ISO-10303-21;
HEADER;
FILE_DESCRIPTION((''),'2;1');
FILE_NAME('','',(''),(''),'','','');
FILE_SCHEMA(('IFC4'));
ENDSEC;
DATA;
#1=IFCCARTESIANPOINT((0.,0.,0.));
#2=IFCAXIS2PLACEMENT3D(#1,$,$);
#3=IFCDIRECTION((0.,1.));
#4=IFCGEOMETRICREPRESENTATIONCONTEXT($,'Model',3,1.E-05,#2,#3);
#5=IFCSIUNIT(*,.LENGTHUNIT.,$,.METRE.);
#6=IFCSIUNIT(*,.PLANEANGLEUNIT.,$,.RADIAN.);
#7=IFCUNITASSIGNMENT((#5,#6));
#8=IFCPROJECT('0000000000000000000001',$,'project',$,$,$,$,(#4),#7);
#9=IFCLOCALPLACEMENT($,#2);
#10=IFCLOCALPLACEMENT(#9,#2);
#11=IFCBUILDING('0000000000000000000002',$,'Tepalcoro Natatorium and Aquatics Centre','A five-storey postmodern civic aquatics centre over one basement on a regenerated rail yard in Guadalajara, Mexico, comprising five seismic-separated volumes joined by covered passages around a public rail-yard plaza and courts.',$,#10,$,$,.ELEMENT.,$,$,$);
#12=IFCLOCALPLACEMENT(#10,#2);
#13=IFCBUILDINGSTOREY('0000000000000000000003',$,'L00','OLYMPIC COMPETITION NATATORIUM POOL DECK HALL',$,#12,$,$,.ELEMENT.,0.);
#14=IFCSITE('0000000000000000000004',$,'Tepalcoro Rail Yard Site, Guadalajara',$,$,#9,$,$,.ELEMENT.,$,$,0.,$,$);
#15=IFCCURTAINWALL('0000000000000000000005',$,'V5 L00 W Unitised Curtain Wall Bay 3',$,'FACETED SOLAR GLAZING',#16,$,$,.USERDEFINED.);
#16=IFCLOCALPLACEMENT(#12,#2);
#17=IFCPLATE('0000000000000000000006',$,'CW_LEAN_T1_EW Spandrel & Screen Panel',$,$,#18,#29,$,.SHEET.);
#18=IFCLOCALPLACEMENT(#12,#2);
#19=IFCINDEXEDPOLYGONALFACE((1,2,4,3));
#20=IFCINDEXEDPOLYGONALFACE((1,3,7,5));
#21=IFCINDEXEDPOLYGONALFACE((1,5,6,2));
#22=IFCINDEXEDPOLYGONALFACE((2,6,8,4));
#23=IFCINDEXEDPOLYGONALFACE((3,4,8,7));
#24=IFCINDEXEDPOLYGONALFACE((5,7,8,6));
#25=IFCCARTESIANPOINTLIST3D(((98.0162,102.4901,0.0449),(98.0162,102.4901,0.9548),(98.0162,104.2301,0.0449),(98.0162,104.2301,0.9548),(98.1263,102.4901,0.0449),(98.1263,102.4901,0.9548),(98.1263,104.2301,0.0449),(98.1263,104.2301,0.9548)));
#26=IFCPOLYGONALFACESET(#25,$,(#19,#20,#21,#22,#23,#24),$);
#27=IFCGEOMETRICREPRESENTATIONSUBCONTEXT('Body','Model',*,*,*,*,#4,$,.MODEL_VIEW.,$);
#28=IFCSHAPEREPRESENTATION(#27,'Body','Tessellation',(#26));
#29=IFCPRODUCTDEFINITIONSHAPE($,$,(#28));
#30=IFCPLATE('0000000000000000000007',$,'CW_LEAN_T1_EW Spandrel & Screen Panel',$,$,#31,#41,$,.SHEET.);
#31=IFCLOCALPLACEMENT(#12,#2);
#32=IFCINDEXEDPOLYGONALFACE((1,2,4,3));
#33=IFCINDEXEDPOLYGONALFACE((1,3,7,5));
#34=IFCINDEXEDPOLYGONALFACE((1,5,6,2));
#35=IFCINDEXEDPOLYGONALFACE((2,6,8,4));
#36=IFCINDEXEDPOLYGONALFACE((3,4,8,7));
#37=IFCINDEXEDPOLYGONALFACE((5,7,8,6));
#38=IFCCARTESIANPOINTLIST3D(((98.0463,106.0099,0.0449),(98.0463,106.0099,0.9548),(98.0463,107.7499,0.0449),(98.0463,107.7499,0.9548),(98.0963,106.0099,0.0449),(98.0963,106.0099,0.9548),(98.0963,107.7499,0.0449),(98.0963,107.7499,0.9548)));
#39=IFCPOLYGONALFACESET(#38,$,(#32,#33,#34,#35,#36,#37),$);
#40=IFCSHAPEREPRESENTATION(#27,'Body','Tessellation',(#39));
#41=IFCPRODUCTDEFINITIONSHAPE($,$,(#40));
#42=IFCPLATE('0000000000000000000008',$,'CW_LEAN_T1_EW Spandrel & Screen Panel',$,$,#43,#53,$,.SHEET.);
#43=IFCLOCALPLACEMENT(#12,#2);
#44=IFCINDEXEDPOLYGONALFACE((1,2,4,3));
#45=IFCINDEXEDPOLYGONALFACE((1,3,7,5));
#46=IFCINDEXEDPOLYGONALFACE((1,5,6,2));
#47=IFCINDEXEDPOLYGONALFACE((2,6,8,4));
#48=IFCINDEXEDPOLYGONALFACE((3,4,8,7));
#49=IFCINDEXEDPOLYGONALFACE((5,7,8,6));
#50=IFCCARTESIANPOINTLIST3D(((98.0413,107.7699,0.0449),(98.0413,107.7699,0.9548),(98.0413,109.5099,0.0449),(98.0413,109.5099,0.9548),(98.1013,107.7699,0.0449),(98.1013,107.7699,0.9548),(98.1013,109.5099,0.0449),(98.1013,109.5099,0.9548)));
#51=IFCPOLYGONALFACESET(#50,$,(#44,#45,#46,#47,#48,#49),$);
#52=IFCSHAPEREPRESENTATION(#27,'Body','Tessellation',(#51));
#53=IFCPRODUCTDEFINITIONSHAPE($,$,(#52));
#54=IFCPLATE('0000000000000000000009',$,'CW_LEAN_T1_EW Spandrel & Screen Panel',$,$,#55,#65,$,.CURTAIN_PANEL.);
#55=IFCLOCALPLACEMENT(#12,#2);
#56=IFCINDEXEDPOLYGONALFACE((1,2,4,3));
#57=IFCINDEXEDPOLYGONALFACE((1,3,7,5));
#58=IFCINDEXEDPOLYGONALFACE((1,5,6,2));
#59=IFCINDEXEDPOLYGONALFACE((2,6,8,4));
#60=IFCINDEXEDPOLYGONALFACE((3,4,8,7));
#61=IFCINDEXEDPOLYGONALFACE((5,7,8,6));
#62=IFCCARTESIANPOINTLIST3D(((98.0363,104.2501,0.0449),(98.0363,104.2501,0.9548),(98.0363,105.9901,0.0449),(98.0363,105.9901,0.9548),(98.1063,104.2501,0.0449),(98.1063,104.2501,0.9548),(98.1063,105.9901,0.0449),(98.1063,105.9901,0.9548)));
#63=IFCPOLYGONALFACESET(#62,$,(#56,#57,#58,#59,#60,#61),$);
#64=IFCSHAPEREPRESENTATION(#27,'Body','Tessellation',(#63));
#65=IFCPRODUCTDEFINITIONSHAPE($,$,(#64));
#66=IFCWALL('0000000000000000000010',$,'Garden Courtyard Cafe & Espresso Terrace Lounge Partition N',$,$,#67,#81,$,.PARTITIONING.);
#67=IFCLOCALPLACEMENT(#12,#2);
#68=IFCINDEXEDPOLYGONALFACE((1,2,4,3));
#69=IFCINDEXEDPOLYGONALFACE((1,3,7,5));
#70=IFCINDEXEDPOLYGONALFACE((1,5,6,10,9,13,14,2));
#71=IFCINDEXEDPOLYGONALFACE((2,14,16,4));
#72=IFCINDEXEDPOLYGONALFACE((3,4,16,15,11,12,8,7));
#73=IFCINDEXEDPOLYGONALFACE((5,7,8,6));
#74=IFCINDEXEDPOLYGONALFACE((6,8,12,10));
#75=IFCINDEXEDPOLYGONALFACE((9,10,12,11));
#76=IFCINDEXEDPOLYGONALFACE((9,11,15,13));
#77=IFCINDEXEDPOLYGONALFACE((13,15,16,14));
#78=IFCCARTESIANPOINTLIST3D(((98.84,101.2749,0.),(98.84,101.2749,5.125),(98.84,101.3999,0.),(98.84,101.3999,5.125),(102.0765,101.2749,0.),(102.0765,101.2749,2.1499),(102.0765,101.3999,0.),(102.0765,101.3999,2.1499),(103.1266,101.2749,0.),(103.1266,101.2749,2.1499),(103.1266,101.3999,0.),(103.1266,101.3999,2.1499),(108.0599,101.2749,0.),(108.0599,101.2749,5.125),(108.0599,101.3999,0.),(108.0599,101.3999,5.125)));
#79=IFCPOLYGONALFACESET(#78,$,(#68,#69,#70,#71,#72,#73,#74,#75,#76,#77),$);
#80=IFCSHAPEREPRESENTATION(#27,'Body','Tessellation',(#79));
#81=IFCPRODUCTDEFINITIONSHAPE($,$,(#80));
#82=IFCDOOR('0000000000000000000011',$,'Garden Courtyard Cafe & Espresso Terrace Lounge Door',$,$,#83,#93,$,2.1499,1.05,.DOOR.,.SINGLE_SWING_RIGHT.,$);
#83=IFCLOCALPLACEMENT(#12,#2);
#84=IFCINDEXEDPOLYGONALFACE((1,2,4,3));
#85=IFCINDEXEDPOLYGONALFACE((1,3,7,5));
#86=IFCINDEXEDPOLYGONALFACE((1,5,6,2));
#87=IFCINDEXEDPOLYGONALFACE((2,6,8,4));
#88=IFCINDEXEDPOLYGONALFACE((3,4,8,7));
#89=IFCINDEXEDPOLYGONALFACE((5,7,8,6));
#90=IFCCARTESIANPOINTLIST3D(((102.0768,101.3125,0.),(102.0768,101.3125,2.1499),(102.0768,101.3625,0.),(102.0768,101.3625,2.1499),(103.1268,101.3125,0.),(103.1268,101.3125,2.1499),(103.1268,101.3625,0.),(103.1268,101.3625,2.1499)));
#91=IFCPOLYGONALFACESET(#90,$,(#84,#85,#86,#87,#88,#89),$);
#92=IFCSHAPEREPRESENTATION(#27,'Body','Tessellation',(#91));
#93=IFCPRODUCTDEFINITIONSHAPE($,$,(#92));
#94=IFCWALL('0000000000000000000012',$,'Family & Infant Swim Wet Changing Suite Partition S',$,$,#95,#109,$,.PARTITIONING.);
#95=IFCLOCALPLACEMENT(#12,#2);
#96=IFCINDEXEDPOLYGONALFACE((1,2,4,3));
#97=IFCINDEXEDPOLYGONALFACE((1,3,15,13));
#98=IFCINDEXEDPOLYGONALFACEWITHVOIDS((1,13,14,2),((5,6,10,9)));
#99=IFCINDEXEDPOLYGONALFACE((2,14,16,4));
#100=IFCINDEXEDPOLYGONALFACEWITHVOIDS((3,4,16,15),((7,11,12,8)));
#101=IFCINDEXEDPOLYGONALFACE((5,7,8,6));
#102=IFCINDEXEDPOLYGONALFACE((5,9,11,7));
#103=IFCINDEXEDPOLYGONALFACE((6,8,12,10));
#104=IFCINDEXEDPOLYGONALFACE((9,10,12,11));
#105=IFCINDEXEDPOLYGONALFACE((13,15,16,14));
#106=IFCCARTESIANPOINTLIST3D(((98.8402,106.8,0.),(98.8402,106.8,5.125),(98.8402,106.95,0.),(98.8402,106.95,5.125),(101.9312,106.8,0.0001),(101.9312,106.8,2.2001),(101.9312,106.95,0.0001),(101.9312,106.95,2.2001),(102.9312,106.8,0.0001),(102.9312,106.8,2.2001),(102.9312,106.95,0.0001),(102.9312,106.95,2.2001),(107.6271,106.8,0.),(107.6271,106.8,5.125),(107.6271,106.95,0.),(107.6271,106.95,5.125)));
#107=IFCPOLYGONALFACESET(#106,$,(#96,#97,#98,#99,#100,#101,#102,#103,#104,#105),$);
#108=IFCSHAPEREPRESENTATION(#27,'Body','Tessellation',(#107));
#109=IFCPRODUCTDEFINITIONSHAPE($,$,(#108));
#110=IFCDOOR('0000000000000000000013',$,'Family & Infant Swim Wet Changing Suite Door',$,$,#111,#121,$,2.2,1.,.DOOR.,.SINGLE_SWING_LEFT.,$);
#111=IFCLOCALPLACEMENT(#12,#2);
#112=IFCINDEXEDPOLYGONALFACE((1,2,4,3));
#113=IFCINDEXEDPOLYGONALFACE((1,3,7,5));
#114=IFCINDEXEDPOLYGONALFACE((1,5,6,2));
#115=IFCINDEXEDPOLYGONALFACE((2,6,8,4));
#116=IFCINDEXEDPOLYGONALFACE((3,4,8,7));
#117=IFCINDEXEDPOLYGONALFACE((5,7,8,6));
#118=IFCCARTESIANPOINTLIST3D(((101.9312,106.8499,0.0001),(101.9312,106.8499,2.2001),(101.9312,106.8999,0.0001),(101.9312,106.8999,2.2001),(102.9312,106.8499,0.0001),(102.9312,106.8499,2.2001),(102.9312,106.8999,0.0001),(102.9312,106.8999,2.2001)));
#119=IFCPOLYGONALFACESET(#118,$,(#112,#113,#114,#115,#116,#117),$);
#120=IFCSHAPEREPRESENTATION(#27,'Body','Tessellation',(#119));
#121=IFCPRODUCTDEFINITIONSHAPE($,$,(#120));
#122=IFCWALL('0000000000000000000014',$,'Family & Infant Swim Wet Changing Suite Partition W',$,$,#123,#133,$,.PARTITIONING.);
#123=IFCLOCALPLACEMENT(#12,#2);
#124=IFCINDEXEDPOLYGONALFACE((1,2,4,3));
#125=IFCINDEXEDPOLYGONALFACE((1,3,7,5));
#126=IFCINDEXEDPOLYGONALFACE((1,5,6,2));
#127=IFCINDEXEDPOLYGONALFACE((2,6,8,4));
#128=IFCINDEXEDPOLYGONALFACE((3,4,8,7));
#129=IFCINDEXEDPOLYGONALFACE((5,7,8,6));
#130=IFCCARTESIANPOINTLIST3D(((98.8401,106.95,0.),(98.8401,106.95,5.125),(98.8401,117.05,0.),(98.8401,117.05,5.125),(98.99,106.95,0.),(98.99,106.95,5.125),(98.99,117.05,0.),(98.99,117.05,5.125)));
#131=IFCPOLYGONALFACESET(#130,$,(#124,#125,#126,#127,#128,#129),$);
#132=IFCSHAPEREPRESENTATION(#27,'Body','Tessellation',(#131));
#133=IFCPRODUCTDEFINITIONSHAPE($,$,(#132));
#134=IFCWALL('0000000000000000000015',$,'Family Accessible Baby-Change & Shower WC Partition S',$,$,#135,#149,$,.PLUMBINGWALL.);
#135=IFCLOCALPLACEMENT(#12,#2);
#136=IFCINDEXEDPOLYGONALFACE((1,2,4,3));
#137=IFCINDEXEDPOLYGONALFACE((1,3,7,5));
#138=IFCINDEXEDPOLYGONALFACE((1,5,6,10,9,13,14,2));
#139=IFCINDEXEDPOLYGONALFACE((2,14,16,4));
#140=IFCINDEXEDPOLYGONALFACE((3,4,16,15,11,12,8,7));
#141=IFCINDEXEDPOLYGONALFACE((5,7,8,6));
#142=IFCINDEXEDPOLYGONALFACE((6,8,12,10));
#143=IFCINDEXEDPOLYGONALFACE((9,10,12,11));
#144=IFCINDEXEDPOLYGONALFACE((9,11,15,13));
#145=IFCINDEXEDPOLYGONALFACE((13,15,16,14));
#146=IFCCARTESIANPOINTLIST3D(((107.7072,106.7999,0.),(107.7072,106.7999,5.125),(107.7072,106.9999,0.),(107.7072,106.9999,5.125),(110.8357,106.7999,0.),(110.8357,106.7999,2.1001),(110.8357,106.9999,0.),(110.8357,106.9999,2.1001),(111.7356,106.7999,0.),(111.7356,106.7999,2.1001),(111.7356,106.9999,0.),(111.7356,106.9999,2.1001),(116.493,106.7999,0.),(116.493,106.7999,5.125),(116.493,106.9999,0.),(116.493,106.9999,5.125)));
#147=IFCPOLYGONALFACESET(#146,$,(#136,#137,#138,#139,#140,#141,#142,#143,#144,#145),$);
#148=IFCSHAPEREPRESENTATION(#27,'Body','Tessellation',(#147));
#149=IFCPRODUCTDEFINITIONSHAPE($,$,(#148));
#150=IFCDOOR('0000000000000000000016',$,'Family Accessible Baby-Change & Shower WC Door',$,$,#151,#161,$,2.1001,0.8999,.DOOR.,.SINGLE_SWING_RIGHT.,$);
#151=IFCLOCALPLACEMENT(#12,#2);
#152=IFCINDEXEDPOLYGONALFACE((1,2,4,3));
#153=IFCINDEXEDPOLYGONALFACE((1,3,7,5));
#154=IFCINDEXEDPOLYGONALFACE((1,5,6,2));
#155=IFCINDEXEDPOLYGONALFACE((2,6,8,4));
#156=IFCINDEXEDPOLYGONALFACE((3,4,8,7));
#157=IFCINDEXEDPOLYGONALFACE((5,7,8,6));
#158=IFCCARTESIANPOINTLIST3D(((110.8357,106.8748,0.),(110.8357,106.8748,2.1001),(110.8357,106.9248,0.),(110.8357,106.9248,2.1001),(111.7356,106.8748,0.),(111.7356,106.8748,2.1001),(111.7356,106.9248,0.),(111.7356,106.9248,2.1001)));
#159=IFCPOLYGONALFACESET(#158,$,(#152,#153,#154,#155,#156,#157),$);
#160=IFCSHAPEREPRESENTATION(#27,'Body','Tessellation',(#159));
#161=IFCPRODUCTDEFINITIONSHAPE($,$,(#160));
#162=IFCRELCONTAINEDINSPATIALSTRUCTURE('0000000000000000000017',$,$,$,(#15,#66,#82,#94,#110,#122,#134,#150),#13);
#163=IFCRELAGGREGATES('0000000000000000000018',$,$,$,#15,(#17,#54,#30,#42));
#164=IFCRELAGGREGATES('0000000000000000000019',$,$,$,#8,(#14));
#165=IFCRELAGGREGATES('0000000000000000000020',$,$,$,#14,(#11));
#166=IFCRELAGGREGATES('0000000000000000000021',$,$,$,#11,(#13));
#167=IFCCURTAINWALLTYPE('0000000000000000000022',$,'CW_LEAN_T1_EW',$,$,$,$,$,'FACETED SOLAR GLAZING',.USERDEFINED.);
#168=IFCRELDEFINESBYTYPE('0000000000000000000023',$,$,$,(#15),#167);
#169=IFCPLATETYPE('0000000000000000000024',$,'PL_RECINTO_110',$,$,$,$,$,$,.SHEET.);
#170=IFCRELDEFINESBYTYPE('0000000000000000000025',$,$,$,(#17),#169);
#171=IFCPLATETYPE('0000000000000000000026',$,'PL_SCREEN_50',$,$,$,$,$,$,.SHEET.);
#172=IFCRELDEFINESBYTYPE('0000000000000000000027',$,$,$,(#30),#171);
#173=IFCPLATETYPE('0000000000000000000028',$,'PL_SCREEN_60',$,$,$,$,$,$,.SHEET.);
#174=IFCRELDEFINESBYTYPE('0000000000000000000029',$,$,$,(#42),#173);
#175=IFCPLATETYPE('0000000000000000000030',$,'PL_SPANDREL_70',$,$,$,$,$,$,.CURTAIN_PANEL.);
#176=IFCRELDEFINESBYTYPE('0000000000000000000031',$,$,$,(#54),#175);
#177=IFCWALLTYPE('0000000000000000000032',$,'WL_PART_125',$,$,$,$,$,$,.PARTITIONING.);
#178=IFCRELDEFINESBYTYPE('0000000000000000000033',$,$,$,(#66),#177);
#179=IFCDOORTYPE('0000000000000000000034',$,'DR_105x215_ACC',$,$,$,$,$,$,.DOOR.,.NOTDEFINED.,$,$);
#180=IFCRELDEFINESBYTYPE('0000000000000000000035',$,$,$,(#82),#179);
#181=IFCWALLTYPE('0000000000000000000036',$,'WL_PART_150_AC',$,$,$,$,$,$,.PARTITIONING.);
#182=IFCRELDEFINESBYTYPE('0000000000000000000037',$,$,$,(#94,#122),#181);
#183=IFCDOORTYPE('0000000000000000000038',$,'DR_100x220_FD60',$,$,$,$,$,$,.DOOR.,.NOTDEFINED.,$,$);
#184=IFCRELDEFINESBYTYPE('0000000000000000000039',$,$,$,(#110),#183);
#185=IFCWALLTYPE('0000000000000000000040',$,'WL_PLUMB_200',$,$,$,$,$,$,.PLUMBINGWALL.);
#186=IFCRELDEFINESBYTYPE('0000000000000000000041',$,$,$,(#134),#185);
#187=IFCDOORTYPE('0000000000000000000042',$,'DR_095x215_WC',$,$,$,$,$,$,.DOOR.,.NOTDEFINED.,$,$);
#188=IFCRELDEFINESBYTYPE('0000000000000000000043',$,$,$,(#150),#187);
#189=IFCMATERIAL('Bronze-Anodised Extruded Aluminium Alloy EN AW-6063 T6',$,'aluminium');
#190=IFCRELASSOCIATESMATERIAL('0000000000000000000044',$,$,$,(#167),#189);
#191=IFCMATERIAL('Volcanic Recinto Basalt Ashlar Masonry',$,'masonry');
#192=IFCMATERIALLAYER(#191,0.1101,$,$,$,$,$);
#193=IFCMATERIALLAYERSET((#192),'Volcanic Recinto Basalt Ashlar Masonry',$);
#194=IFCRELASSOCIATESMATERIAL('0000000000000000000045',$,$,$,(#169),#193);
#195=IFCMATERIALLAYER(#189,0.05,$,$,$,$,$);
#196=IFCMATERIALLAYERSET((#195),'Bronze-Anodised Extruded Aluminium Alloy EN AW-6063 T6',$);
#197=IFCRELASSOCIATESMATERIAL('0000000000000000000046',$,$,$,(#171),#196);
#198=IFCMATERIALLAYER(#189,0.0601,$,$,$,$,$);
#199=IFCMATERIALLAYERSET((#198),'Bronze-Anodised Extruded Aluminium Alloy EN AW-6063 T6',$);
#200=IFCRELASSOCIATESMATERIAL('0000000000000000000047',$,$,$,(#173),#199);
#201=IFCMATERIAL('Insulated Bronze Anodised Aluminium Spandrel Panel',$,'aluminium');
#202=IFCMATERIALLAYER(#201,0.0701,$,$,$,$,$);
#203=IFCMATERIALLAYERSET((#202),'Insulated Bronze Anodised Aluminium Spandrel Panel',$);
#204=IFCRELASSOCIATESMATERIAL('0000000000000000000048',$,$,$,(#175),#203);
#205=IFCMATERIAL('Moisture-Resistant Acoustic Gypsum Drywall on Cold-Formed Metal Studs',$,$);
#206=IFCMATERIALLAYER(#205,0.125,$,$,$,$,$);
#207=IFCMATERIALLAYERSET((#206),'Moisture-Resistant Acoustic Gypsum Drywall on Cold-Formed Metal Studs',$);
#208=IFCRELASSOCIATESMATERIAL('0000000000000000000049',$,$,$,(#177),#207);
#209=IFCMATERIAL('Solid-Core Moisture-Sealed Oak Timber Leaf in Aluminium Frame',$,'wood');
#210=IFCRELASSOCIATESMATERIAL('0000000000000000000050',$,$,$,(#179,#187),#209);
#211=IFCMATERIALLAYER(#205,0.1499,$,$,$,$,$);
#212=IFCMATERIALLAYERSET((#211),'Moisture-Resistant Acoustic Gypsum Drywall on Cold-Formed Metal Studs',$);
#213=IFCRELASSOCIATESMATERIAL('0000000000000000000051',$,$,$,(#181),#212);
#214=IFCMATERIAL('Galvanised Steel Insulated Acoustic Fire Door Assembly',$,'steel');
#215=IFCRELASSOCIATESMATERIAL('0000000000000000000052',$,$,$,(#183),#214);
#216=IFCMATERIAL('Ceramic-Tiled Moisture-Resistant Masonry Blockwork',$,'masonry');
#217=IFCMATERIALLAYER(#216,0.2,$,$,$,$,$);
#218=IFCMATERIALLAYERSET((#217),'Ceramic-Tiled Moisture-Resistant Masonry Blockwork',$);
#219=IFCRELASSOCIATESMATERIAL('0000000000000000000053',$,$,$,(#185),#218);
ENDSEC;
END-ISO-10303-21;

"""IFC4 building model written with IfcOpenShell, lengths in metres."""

from ifc_helpers import new_model, si_unit, direction, frame, frame_2d, origin, origin_2d, place, context, subcontext, project, spatial, rectangle, extrude, material, layer, layer_set, type_object, element, fill, aggregate, save


model = new_model("IFC4")

# Units and contexts
model_context = context("Model", 3, precision=1e-05, world=origin(), true_north=direction((0.0, 1.0)))
body_context = subcontext(model_context, "Body", "Model", "MODEL_VIEW")
ifc_project = project(units=[si_unit("LENGTHUNIT", "METRE"), si_unit("PLANEANGLEUNIT", "RADIAN")], contexts=[model_context])

# Site, building, storey
site_placement = place(None, origin())
site = spatial("IfcSite", under=ifc_project, at=site_placement, Name="Tepalcoro Rail Yard Site, Guadalajara", CompositionType="ELEMENT", RefElevation=0.0)
building_placement = place(site_placement, origin())
building = spatial("IfcBuilding", under=site, at=building_placement, Name="Tepalcoro Natatorium and Aquatics Centre", Description="A five-storey postmodern civic aquatics centre over one basement on a regenerated rail yard in Guadalajara, Mexico, comprising five seismic-separated volumes joined by covered passages around a public rail-yard plaza and courts.", CompositionType="ELEMENT")
storey_placement = place(building_placement, origin())
storey = spatial("IfcBuildingStorey", under=building, at=storey_placement, Name="L00", Description="OLYMPIC COMPETITION NATATORIUM POOL DECK HALL", CompositionType="ELEMENT", Elevation=0.0)

# Curtain wall
ifc_material_1 = material(Name="Bronze-Anodised Extruded Aluminium Alloy EN AW-6063 T6", Category="aluminium")
curtain_wall_type = type_object("IfcCurtainWallType", Name="CW_LEAN_T1_EW", ElementType="FACETED SOLAR GLAZING", PredefinedType="USERDEFINED", material=ifc_material_1)
curtain_wall_placement = place(storey_placement, origin())
curtain_wall = element("IfcCurtainWall", 1, at=curtain_wall_placement, inside=storey, type_object=curtain_wall_type, Name="V5 L00 W Unitised Curtain Wall Bay 3", ObjectType="FACETED SOLAR GLAZING", PredefinedType="USERDEFINED")

# Plates
ifc_material_2 = material(Name="Volcanic Recinto Basalt Ashlar Masonry", Category="masonry")
ifc_layer_1 = layer(ifc_material_2, 0.1101)
ifc_layer_set_1 = layer_set([ifc_layer_1], Name="Volcanic Recinto Basalt Ashlar Masonry")
plate_type_1 = type_object("IfcPlateType", Name="PL_RECINTO_110", PredefinedType="SHEET", material=ifc_layer_set_1)
plate_1_placement = place(storey_placement, frame((98.0713, 103.3601, 0.0449), z_axis=(0.0, 0.0, 1.0), x_axis=(1.0, 0.0, 0.0)))
plate_1 = element("IfcPlate", 2, at=plate_1_placement, type_object=plate_type_1, Name="CW_LEAN_T1_EW Spandrel & Screen Panel", PredefinedType="SHEET", context=body_context, shape_type="SweptSolid", body=[
    extrude(rectangle(XDim=0.1101, YDim=1.74, at=origin_2d()), origin(), (0.0, 0.0, 1.0), 0.9099),
])
ifc_layer_2 = layer(ifc_material_1, 0.05)
ifc_layer_set_2 = layer_set([ifc_layer_2], Name="Bronze-Anodised Extruded Aluminium Alloy EN AW-6063 T6")
plate_type_2 = type_object("IfcPlateType", Name="PL_SCREEN_50", PredefinedType="SHEET", material=ifc_layer_set_2)
plate_2_placement = place(storey_placement, frame((98.0713, 106.8799, 0.0449), z_axis=(0.0, 0.0, 1.0), x_axis=(1.0, 0.0, 0.0)))
plate_2 = element("IfcPlate", 3, at=plate_2_placement, type_object=plate_type_2, Name="CW_LEAN_T1_EW Spandrel & Screen Panel", PredefinedType="SHEET", context=body_context, shape_type="SweptSolid", body=[
    extrude(rectangle(XDim=0.05, YDim=1.74, at=origin_2d()), origin(), (0.0, 0.0, 1.0), 0.9099),
])
ifc_layer_3 = layer(ifc_material_1, 0.0601)
ifc_layer_set_3 = layer_set([ifc_layer_3], Name="Bronze-Anodised Extruded Aluminium Alloy EN AW-6063 T6")
plate_type_3 = type_object("IfcPlateType", Name="PL_SCREEN_60", PredefinedType="SHEET", material=ifc_layer_set_3)
plate_3_placement = place(storey_placement, frame((98.0713, 108.6399, 0.0449), z_axis=(0.0, 0.0, 1.0), x_axis=(1.0, 0.0, 0.0)))
plate_3 = element("IfcPlate", 4, at=plate_3_placement, type_object=plate_type_3, Name="CW_LEAN_T1_EW Spandrel & Screen Panel", PredefinedType="SHEET", context=body_context, shape_type="SweptSolid", body=[
    extrude(rectangle(XDim=0.0601, YDim=1.74, at=origin_2d()), origin(), (0.0, 0.0, 1.0), 0.9099),
])
ifc_material_3 = material(Name="Insulated Bronze Anodised Aluminium Spandrel Panel", Category="aluminium")
ifc_layer_4 = layer(ifc_material_3, 0.0701)
ifc_layer_set_4 = layer_set([ifc_layer_4], Name="Insulated Bronze Anodised Aluminium Spandrel Panel")
plate_type_4 = type_object("IfcPlateType", Name="PL_SPANDREL_70", PredefinedType="CURTAIN_PANEL", material=ifc_layer_set_4)
plate_4_placement = place(storey_placement, frame((98.0713, 105.1201, 0.0449), z_axis=(0.0, 0.0, 1.0), x_axis=(1.0, 0.0, 0.0)))
plate_4 = element("IfcPlate", 5, at=plate_4_placement, type_object=plate_type_4, Name="CW_LEAN_T1_EW Spandrel & Screen Panel", PredefinedType="CURTAIN_PANEL", context=body_context, shape_type="SweptSolid", body=[
    extrude(rectangle(XDim=0.0701, YDim=1.74, at=origin_2d()), origin(), (0.0, 0.0, 1.0), 0.9099),
])
aggregate(curtain_wall, [plate_1, plate_4, plate_2, plate_3])

# Walls, openings, doors
ifc_material_4 = material(Name="Moisture-Resistant Acoustic Gypsum Drywall on Cold-Formed Metal Studs")
ifc_layer_5 = layer(ifc_material_4, 0.125)
ifc_layer_set_5 = layer_set([ifc_layer_5], Name="Moisture-Resistant Acoustic Gypsum Drywall on Cold-Formed Metal Studs")
wall_type_1 = type_object("IfcWallType", Name="WL_PART_125", PredefinedType="PARTITIONING", material=ifc_layer_set_5)
wall_1_placement = place(storey_placement, frame((98.8401, 101.3374, 0.0), z_axis=(0.0, 0.0, 1.0), x_axis=(1.0, 0.0, 0.0)))
wall_1 = element("IfcWall", 6, at=wall_1_placement, inside=storey, type_object=wall_type_1, Name="Garden Courtyard Cafe & Espresso Terrace Lounge Partition N", PredefinedType="PARTITIONING", context=body_context, shape_type="SweptSolid", body=[
    extrude(rectangle(XDim=9.22, YDim=0.125, at=frame_2d((4.6099, 0.0))), origin(), (0.0, 0.0, 1.0), 5.125),
])
opening_1_placement = place(wall_1_placement, frame((3.2366, 0.0, 0.0)))
opening_1 = element("IfcOpeningElement", 7, at=opening_1_placement, cuts=wall_1, PredefinedType="OPENING", context=body_context, shape_type="SweptSolid", body=[
    extrude(rectangle(XDim=1.05, YDim=2.1499, at=frame_2d((0.5249, 1.075))), frame((0.0, 0.0745, 0.0), z_axis=(0.0, -1.0, 0.0), x_axis=(1.0, 0.0, 0.0)), (0.0, 0.0, 1.0), 0.1489),
])
ifc_material_5 = material(Name="Solid-Core Moisture-Sealed Oak Timber Leaf in Aluminium Frame", Category="wood")
door_type_1 = type_object("IfcDoorType", Name="DR_105x215_ACC", OperationType="NOTDEFINED", PredefinedType="DOOR", material=ifc_material_5)
door_1_placement = place(opening_1_placement, frame((1.05, 0.0, 0.0), z_axis=(0.0, 0.0, 1.0), x_axis=(-1.0, 0.0, 0.0)))
door_1 = element("IfcDoor", 8, at=door_1_placement, inside=storey, type_object=door_type_1, Name="Garden Courtyard Cafe & Espresso Terrace Lounge Door", OperationType="SINGLE_SWING_RIGHT", OverallHeight=2.1499, OverallWidth=1.05, PredefinedType="DOOR", context=body_context, shape_type="SweptSolid", body=[
    extrude(rectangle(XDim=1.05, YDim=2.1499, at=frame_2d((0.5249, 1.075))), frame((0.0, 0.0249, 0.0), z_axis=(0.0, -1.0, 0.0), x_axis=(1.0, 0.0, 0.0)), (0.0, 0.0, 1.0), 0.05),
])
fill(opening_1, door_1)
ifc_layer_6 = layer(ifc_material_4, 0.1499)
ifc_layer_set_6 = layer_set([ifc_layer_6], Name="Moisture-Resistant Acoustic Gypsum Drywall on Cold-Formed Metal Studs")
wall_type_2 = type_object("IfcWallType", Name="WL_PART_150_AC", PredefinedType="PARTITIONING", material=ifc_layer_set_6)
wall_2_placement = place(storey_placement, frame((98.8401, 106.875, 0.0), z_axis=(0.0, 0.0, 1.0), x_axis=(1.0, 0.0, 0.0)))
wall_2 = element("IfcWall", 9, at=wall_2_placement, inside=storey, type_object=wall_type_2, Name="Family & Infant Swim Wet Changing Suite Partition S", PredefinedType="PARTITIONING", context=body_context, shape_type="SweptSolid", body=[
    extrude(rectangle(XDim=8.7869, YDim=0.1499, at=frame_2d((4.3936, 0.0))), origin(), (0.0, 0.0, 1.0), 5.125),
])
opening_2_placement = place(wall_2_placement, frame((3.0911, 0.0, 0.0)))
opening_2 = element("IfcOpeningElement", 10, at=opening_2_placement, cuts=wall_2, PredefinedType="OPENING", context=body_context, shape_type="SweptSolid", body=[
    extrude(rectangle(XDim=1.0, YDim=2.2, at=frame_2d((0.5, 1.1001))), frame((0.0, 0.0869, 0.0), z_axis=(0.0, -1.0, 0.0), x_axis=(1.0, 0.0, 0.0)), (0.0, 0.0, 1.0), 0.1738),
])
ifc_material_6 = material(Name="Galvanised Steel Insulated Acoustic Fire Door Assembly", Category="steel")
door_type_2 = type_object("IfcDoorType", Name="DR_100x220_FD60", OperationType="NOTDEFINED", PredefinedType="DOOR", material=ifc_material_6)
door_2_placement = place(opening_2_placement, origin())
door_2 = element("IfcDoor", 11, at=door_2_placement, inside=storey, type_object=door_type_2, Name="Family & Infant Swim Wet Changing Suite Door", OperationType="SINGLE_SWING_LEFT", OverallHeight=2.2, OverallWidth=1.0, PredefinedType="DOOR", context=body_context, shape_type="SweptSolid", body=[
    extrude(rectangle(XDim=1.0, YDim=2.2, at=frame_2d((0.5, 1.1001))), frame((0.0, 0.0249, 0.0), z_axis=(0.0, -1.0, 0.0), x_axis=(1.0, 0.0, 0.0)), (0.0, 0.0, 1.0), 0.05),
])
fill(opening_2, door_2)

# Wall
wall_3_placement = place(storey_placement, frame((98.915, 106.95, 0.0), z_axis=(0.0, 0.0, 1.0), x_axis=(0.0, 1.0, 0.0)))
element("IfcWall", 12, at=wall_3_placement, inside=storey, type_object=wall_type_2, Name="Family & Infant Swim Wet Changing Suite Partition W", PredefinedType="PARTITIONING", context=body_context, shape_type="SweptSolid", body=[
    extrude(rectangle(XDim=10.1001, YDim=0.1499, at=frame_2d((5.05, 0.0))), origin(), (0.0, 0.0, 1.0), 5.125),
])

# Wall, opening, door
ifc_material_7 = material(Name="Ceramic-Tiled Moisture-Resistant Masonry Blockwork", Category="masonry")
ifc_layer_7 = layer(ifc_material_7, 0.2)
ifc_layer_set_7 = layer_set([ifc_layer_7], Name="Ceramic-Tiled Moisture-Resistant Masonry Blockwork")
wall_type_3 = type_object("IfcWallType", Name="WL_PLUMB_200", PredefinedType="PLUMBINGWALL", material=ifc_layer_set_7)
wall_4_placement = place(storey_placement, frame((107.707, 106.8999, 0.0), z_axis=(0.0, 0.0, 1.0), x_axis=(1.0, 0.0, 0.0)))
wall_4 = element("IfcWall", 13, at=wall_4_placement, inside=storey, type_object=wall_type_3, Name="Family Accessible Baby-Change & Shower WC Partition S", PredefinedType="PLUMBINGWALL", context=body_context, shape_type="SweptSolid", body=[
    extrude(rectangle(XDim=8.7859, YDim=0.2, at=frame_2d((4.3931, 0.0))), origin(), (0.0, 0.0, 1.0), 5.125),
])
opening_3_placement = place(wall_4_placement, frame((3.1287, 0.0, 0.0)))
opening_3 = element("IfcOpeningElement", 14, at=opening_3_placement, cuts=wall_4, PredefinedType="OPENING", context=body_context, shape_type="SweptSolid", body=[
    extrude(rectangle(XDim=0.8999, YDim=2.1001, at=frame_2d((0.45, 1.05))), frame((0.0, 0.1118, 0.0), z_axis=(0.0, -1.0, 0.0), x_axis=(1.0, 0.0, 0.0)), (0.0, 0.0, 1.0), 0.2239),
])
door_type_3 = type_object("IfcDoorType", Name="DR_095x215_WC", OperationType="NOTDEFINED", PredefinedType="DOOR", material=ifc_material_5)
door_3_placement = place(opening_3_placement, origin())
door_3 = element("IfcDoor", 15, at=door_3_placement, inside=storey, type_object=door_type_3, Name="Family Accessible Baby-Change & Shower WC Door", OperationType="SINGLE_SWING_RIGHT", OverallHeight=2.1001, OverallWidth=0.8999, PredefinedType="DOOR", context=body_context, shape_type="SweptSolid", body=[
    extrude(rectangle(XDim=0.8999, YDim=2.1001, at=frame_2d((0.45, 1.05))), frame((0.0, 0.0249, 0.0), z_axis=(0.0, -1.0, 0.0), x_axis=(1.0, 0.0, 0.0)), (0.0, 0.0, 1.0), 0.05),
])
fill(opening_3, door_3)

save(model, "model.ifc")
